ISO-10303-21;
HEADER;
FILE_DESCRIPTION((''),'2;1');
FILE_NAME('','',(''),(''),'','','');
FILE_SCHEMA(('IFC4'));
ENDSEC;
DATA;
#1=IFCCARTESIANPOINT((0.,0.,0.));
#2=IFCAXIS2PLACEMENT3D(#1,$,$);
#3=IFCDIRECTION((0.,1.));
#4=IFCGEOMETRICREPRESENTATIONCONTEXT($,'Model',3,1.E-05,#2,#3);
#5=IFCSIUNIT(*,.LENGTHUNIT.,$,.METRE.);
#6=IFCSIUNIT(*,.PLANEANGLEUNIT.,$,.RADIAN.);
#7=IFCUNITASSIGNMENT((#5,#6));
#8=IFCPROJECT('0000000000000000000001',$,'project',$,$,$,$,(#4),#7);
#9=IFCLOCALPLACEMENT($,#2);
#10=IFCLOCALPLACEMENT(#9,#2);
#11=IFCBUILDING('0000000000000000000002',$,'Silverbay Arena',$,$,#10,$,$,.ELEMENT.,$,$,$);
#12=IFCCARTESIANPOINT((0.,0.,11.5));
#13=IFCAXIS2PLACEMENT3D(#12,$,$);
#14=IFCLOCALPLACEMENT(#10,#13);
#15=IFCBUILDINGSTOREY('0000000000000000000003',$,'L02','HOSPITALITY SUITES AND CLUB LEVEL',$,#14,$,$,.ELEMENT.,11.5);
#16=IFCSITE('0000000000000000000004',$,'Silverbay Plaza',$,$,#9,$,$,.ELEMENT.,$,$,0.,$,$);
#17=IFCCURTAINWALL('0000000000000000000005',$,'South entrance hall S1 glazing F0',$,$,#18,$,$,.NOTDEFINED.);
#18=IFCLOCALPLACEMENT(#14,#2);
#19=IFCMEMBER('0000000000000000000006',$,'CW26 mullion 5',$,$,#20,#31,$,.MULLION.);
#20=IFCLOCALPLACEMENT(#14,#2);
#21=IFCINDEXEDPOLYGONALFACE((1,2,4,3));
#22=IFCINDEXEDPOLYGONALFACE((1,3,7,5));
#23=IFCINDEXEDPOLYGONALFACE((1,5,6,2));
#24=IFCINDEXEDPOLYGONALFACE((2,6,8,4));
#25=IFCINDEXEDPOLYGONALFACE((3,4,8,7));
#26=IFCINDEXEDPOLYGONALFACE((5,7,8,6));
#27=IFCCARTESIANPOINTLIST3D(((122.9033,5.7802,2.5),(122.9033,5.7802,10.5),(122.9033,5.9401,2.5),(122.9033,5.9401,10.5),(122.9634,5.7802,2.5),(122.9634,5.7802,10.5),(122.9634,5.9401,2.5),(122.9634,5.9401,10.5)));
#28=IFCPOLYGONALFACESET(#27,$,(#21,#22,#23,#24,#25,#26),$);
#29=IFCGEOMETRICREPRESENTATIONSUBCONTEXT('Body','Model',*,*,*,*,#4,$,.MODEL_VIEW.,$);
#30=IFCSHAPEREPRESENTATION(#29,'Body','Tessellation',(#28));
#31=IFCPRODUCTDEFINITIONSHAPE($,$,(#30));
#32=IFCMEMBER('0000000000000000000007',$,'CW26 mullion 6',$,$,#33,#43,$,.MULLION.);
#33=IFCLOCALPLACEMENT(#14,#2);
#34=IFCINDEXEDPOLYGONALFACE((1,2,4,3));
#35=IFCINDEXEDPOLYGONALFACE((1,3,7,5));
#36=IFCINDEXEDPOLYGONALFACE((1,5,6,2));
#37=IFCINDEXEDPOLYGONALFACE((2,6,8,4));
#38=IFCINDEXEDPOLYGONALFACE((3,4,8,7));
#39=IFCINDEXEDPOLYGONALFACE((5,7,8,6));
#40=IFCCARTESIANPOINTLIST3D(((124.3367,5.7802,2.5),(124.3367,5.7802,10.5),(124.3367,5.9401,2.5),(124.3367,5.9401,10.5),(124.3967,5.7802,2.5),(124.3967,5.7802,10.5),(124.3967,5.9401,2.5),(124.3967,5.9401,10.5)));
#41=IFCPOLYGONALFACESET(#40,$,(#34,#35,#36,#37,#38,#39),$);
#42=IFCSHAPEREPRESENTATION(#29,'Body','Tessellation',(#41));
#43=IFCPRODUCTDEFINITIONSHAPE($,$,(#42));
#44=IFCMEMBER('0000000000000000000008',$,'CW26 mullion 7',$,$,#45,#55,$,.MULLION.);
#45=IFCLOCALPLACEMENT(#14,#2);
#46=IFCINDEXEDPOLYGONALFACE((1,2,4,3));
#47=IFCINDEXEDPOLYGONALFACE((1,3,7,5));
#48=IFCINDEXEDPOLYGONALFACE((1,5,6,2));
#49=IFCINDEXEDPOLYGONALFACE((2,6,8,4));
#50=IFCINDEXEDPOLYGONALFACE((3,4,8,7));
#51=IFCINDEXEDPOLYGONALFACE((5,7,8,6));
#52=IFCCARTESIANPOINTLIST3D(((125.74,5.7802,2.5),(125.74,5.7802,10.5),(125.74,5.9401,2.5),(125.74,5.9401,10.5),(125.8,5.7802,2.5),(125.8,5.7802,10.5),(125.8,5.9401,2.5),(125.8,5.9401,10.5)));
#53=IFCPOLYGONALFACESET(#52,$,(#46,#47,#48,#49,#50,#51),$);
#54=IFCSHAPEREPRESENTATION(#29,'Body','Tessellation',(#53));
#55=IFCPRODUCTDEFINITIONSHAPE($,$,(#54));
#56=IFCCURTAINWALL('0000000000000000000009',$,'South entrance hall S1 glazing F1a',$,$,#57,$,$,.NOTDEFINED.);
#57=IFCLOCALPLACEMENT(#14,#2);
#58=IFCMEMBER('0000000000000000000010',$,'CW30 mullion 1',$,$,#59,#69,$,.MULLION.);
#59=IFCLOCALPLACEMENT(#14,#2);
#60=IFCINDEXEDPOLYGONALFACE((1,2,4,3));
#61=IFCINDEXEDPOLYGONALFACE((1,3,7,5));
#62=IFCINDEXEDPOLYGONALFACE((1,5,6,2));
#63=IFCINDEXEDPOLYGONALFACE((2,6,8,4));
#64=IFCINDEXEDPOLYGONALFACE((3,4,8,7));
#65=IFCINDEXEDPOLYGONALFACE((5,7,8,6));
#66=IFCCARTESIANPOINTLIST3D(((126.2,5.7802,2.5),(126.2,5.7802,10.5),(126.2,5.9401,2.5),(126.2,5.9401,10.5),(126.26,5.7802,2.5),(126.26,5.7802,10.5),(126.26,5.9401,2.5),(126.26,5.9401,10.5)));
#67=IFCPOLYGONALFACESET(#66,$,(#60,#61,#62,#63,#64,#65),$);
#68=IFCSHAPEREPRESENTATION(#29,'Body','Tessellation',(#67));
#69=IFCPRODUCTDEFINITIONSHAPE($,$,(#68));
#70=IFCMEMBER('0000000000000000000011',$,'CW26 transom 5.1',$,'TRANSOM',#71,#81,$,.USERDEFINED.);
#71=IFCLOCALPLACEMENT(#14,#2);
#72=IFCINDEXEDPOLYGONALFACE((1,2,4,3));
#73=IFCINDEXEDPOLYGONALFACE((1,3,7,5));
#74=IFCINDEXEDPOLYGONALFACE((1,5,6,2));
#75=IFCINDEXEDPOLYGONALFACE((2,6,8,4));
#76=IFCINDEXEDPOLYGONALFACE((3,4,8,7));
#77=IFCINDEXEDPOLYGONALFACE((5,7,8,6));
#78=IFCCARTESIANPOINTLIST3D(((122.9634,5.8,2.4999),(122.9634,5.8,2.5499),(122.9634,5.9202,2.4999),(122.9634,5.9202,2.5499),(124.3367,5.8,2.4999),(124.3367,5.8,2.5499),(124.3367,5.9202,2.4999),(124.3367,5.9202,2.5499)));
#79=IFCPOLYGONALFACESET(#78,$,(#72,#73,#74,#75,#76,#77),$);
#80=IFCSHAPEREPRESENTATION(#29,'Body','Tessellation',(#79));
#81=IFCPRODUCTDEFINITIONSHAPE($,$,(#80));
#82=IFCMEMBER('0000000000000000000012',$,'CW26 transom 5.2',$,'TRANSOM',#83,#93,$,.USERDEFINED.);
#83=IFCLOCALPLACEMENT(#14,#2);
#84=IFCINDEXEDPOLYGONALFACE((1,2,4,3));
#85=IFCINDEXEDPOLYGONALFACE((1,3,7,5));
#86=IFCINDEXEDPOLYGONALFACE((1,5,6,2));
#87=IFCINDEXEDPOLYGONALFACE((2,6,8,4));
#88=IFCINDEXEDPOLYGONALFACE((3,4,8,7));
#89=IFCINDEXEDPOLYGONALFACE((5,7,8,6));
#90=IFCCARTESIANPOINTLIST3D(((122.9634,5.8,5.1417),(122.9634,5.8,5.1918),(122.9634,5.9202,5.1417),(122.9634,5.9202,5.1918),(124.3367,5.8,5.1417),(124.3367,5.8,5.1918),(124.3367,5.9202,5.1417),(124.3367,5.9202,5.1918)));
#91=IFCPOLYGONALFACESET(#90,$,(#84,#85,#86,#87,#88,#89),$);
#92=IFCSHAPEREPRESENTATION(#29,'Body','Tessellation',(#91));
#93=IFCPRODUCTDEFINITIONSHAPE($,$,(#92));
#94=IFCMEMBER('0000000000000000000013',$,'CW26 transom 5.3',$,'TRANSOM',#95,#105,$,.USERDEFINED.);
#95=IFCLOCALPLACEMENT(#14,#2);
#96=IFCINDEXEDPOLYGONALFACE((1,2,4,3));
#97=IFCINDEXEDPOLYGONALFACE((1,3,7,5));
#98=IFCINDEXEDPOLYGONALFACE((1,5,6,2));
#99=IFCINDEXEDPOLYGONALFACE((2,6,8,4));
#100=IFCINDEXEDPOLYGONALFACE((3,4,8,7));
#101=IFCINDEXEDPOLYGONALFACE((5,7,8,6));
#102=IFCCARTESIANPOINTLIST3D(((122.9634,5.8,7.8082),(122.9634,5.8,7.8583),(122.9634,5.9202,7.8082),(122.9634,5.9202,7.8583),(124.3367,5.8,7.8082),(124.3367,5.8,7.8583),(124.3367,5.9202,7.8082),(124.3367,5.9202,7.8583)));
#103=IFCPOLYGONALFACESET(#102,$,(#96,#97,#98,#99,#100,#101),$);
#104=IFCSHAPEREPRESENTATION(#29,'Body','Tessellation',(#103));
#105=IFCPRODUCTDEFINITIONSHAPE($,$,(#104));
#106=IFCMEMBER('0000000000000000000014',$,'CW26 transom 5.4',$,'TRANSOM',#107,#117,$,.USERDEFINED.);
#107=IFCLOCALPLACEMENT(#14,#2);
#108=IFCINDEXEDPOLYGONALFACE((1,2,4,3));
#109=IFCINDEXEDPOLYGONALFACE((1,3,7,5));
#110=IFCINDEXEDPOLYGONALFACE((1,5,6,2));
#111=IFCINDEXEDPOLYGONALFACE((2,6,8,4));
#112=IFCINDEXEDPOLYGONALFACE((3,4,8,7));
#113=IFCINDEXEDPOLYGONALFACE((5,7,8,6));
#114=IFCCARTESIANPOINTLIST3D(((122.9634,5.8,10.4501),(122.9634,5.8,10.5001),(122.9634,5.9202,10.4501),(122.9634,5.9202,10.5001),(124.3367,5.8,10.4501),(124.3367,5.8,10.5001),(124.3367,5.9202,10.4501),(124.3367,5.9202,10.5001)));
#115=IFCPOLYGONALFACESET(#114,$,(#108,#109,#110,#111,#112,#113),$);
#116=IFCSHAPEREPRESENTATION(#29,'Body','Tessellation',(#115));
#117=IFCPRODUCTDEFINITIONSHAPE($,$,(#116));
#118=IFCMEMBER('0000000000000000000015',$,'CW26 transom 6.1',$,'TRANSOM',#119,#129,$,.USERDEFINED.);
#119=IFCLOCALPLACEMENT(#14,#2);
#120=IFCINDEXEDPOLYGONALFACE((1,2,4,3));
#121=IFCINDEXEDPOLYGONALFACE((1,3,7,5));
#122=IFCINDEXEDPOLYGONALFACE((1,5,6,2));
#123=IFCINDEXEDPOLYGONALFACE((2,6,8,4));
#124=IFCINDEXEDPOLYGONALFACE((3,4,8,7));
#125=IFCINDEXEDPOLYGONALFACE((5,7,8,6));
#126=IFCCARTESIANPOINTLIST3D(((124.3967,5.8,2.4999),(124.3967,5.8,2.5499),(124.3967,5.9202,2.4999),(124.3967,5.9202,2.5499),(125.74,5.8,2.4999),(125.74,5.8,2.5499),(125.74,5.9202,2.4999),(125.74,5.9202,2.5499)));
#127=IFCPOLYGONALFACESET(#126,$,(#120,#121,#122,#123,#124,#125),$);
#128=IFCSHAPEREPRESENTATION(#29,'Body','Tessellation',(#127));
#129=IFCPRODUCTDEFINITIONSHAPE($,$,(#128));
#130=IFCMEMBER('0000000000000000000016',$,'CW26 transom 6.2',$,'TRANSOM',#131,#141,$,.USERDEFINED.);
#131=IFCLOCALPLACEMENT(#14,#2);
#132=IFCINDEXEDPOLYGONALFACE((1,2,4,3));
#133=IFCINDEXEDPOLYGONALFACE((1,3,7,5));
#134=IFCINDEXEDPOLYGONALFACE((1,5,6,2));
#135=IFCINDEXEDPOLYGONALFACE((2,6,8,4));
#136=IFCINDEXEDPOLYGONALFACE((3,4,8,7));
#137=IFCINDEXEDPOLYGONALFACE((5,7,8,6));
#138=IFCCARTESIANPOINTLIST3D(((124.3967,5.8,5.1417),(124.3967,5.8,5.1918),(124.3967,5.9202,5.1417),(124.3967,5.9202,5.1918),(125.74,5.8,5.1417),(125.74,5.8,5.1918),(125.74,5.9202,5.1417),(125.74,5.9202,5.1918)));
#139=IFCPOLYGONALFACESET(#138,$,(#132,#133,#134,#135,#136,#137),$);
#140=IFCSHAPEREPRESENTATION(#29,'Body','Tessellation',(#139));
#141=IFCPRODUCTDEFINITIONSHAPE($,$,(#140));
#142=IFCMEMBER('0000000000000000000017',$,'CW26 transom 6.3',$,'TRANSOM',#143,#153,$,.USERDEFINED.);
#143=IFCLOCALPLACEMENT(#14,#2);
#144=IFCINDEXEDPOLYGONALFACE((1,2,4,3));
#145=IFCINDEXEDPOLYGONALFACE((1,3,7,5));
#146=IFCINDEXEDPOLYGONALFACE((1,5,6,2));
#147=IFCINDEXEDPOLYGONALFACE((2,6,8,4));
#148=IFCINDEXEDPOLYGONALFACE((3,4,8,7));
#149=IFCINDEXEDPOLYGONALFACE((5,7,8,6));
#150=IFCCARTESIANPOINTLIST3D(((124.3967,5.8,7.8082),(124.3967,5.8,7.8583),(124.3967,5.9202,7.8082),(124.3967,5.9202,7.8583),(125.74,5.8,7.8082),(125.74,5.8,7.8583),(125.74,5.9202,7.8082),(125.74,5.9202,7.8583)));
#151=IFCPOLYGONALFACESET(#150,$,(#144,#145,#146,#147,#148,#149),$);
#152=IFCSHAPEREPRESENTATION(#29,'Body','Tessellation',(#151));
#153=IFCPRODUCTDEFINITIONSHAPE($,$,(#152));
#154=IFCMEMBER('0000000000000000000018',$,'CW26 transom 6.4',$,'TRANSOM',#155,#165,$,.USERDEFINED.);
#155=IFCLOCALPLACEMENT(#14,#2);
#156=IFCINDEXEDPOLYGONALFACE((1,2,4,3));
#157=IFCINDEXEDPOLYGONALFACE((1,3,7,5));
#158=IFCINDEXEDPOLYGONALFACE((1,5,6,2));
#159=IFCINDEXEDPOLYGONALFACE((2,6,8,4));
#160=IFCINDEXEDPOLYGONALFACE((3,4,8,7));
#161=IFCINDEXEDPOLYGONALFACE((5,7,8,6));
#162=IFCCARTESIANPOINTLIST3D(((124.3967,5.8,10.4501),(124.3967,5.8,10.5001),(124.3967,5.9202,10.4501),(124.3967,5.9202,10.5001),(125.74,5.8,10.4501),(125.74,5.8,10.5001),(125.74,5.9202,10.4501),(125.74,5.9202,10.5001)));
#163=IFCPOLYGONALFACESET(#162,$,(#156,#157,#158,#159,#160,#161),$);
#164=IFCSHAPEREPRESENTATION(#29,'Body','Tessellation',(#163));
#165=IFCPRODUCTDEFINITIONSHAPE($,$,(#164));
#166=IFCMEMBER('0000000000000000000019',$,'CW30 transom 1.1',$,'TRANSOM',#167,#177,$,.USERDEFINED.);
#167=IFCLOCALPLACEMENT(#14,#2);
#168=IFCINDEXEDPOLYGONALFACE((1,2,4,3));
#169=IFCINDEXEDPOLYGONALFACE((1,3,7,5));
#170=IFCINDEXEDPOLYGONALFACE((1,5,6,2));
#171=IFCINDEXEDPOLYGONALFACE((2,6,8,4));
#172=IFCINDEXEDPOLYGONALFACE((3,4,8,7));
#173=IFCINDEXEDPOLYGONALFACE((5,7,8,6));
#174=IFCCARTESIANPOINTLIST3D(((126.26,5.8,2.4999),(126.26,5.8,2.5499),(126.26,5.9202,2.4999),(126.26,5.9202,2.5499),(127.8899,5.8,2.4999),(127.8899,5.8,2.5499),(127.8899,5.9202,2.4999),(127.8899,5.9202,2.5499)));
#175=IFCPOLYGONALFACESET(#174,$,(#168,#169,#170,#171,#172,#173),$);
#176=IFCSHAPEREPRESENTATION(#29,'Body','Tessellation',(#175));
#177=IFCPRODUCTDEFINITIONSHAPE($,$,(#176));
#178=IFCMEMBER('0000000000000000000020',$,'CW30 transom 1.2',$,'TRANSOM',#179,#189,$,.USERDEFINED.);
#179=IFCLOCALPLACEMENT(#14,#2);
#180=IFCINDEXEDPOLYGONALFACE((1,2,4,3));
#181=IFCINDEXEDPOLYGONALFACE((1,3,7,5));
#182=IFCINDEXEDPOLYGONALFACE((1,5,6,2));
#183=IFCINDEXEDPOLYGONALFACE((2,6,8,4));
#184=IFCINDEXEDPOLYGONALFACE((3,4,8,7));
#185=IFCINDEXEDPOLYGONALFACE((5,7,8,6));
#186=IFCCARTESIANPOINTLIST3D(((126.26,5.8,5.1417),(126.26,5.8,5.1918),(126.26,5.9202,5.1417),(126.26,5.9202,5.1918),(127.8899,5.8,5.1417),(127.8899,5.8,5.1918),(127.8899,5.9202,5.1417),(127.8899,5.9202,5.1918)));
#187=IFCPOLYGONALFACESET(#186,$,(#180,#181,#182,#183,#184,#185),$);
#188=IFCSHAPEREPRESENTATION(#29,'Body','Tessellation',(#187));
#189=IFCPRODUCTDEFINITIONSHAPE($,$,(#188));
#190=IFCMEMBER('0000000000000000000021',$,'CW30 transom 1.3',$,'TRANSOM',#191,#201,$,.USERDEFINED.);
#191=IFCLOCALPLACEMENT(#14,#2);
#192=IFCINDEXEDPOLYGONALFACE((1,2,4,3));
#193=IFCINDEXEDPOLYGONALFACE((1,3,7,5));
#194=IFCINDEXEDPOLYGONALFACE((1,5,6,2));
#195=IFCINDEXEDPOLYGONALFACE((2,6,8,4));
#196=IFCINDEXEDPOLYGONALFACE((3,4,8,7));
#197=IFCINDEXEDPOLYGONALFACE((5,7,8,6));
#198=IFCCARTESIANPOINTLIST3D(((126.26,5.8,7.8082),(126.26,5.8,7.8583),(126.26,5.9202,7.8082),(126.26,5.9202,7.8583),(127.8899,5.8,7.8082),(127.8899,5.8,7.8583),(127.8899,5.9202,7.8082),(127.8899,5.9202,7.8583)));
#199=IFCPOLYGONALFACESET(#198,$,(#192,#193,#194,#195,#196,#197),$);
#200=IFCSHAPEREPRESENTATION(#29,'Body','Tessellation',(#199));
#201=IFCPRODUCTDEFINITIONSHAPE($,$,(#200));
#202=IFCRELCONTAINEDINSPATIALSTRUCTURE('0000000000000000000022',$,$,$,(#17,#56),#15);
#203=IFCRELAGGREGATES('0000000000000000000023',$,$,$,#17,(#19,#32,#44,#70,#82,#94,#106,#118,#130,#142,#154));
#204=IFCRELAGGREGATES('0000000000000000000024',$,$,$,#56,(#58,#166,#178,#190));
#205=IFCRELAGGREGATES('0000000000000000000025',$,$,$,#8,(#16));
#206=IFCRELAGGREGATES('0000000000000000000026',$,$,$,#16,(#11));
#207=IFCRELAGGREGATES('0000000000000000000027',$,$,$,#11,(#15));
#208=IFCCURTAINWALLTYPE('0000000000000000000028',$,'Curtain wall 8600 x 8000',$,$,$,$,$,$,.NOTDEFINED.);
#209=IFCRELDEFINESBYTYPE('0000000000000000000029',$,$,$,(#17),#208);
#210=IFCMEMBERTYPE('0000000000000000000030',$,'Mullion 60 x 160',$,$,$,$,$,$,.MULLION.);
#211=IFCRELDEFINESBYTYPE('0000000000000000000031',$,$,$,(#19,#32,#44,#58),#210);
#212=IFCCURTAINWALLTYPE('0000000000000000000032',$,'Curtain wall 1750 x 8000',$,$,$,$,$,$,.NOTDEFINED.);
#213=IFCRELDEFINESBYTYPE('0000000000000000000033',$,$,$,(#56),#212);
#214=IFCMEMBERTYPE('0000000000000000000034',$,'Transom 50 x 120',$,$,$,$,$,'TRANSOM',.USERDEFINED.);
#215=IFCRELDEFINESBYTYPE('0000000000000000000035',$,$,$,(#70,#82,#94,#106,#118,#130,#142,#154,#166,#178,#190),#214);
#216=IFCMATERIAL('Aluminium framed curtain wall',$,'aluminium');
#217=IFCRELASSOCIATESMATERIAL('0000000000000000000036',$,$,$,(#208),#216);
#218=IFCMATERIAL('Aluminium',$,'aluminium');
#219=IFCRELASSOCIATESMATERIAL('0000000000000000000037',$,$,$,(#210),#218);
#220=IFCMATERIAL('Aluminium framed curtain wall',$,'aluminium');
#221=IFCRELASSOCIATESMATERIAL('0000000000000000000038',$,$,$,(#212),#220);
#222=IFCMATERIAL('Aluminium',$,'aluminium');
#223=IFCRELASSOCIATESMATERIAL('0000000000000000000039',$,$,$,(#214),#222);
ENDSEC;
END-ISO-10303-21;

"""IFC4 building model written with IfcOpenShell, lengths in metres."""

from ifc_helpers import new_model, si_unit, direction, frame, origin, origin_2d, place, context, subcontext, project, spatial, rectangle, extrude, material, material_profile, profile_set, type_object, element, aggregate, save


model = new_model("IFC4")

# Units and contexts
model_context = context("Model", 3, precision=1e-05, world=origin(), true_north=direction((0.0, 1.0)))
body_context = subcontext(model_context, "Body", "Model", "MODEL_VIEW")
ifc_project = project(units=[si_unit("LENGTHUNIT", "METRE"), si_unit("PLANEANGLEUNIT", "RADIAN")], contexts=[model_context])

# Site, building, storey
site_placement = place(None, origin())
site = spatial("IfcSite", under=ifc_project, at=site_placement, Name="Silverbay Plaza", CompositionType="ELEMENT", RefElevation=0.0)
building_placement = place(site_placement, origin())
building = spatial("IfcBuilding", under=site, at=building_placement, Name="Silverbay Arena", CompositionType="ELEMENT")
storey_placement = place(building_placement, frame((0.0, 0.0, 11.5)))
storey = spatial("IfcBuildingStorey", under=building, at=storey_placement, Name="L02", Description="HOSPITALITY SUITES AND CLUB LEVEL", CompositionType="ELEMENT", Elevation=11.5)

# Curtain wall, members
ifc_material_1 = material(Name="Aluminium framed curtain wall", Category="aluminium")
curtain_wall_type_1 = type_object("IfcCurtainWallType", Name="Curtain wall 8600 x 8000", PredefinedType="NOTDEFINED", material=ifc_material_1)
curtain_wall_1_placement = place(storey_placement, origin())
curtain_wall_1 = element("IfcCurtainWall", 1, at=curtain_wall_1_placement, inside=storey, type_object=curtain_wall_type_1, Name="South entrance hall S1 glazing F0", PredefinedType="NOTDEFINED")
ifc_material_2 = material(Name="Aluminium", Category="aluminium")
ifc_material_profile_1 = material_profile(ifc_material_2, rectangle(XDim=0.1599, YDim=0.0601, at=origin_2d()), Name="Mullion 60 x 160")
ifc_profile_set_1 = profile_set([ifc_material_profile_1], Name="Aluminium")
member_type_1 = type_object("IfcMemberType", Name="Mullion 60 x 160", PredefinedType="MULLION", material=ifc_profile_set_1)
member_1_placement = place(storey_placement, frame((122.9333, 5.8601, 2.5), z_axis=(0.0, 0.0, 1.0), x_axis=(0.0, 1.0, 0.0)))
member_1 = element("IfcMember", 2, at=member_1_placement, type_object=member_type_1, Name="CW26 mullion 5", PredefinedType="MULLION", context=body_context, shape_type="SweptSolid", body=[
    extrude(rectangle(XDim=0.1599, YDim=0.0601, at=origin_2d()), origin(), (0.0, 0.0, 1.0), 8.0),
])
member_2_placement = place(storey_placement, frame((124.3667, 5.8601, 2.5), z_axis=(0.0, 0.0, 1.0), x_axis=(0.0, 1.0, 0.0)))
member_2 = element("IfcMember", 3, at=member_2_placement, type_object=member_type_1, Name="CW26 mullion 6", PredefinedType="MULLION", context=body_context, shape_type="SweptSolid", body=[
    extrude(rectangle(XDim=0.1599, YDim=0.0601, at=origin_2d()), origin(), (0.0, 0.0, 1.0), 8.0),
])
member_3_placement = place(storey_placement, frame((125.77, 5.8601, 2.5), z_axis=(0.0, 0.0, 1.0), x_axis=(0.0, 1.0, 0.0)))
member_3 = element("IfcMember", 4, at=member_3_placement, type_object=member_type_1, Name="CW26 mullion 7", PredefinedType="MULLION", context=body_context, shape_type="SweptSolid", body=[
    extrude(rectangle(XDim=0.1599, YDim=0.0601, at=origin_2d()), origin(), (0.0, 0.0, 1.0), 8.0),
])

# Curtain wall, member
ifc_material_3 = material(Name="Aluminium framed curtain wall", Category="aluminium")
curtain_wall_type_2 = type_object("IfcCurtainWallType", Name="Curtain wall 1750 x 8000", PredefinedType="NOTDEFINED", material=ifc_material_3)
curtain_wall_2_placement = place(storey_placement, origin())
curtain_wall_2 = element("IfcCurtainWall", 5, at=curtain_wall_2_placement, inside=storey, type_object=curtain_wall_type_2, Name="South entrance hall S1 glazing F1a", PredefinedType="NOTDEFINED")
member_4_placement = place(storey_placement, frame((126.23, 5.8601, 2.5), z_axis=(0.0, 0.0, 1.0), x_axis=(0.0, 1.0, 0.0)))
member_4 = element("IfcMember", 6, at=member_4_placement, type_object=member_type_1, Name="CW30 mullion 1", PredefinedType="MULLION", context=body_context, shape_type="SweptSolid", body=[
    extrude(rectangle(XDim=0.1599, YDim=0.0601, at=origin_2d()), origin(), (0.0, 0.0, 1.0), 8.0),
])

# Members
ifc_material_4 = material(Name="Aluminium", Category="aluminium")
ifc_material_profile_2 = material_profile(ifc_material_4, rectangle(XDim=0.1201, YDim=0.05, at=origin_2d()), Name="Transom 50 x 120")
ifc_profile_set_2 = profile_set([ifc_material_profile_2], Name="Aluminium")
member_type_2 = type_object("IfcMemberType", Name="Transom 50 x 120", ElementType="TRANSOM", PredefinedType="USERDEFINED", material=ifc_profile_set_2)
member_5_placement = place(storey_placement, frame((122.9634, 5.8601, 2.5249), z_axis=(1.0, 0.0, 0.0), x_axis=(0.0, 1.0, 0.0)))
member_5 = element("IfcMember", 7, at=member_5_placement, type_object=member_type_2, Name="CW26 transom 5.1", ObjectType="TRANSOM", PredefinedType="USERDEFINED", context=body_context, shape_type="SweptSolid", body=[
    extrude(rectangle(XDim=0.1201, YDim=0.05, at=origin_2d()), origin(), (0.0, 0.0, 1.0), 1.3733),
])
member_6_placement = place(storey_placement, frame((122.9634, 5.8601, 5.1667), z_axis=(1.0, 0.0, 0.0), x_axis=(0.0, 1.0, 0.0)))
member_6 = element("IfcMember", 8, at=member_6_placement, type_object=member_type_2, Name="CW26 transom 5.2", ObjectType="TRANSOM", PredefinedType="USERDEFINED", context=body_context, shape_type="SweptSolid", body=[
    extrude(rectangle(XDim=0.1201, YDim=0.05, at=origin_2d()), origin(), (0.0, 0.0, 1.0), 1.3733),
])
member_7_placement = place(storey_placement, frame((122.9634, 5.8601, 7.8333), z_axis=(1.0, 0.0, 0.0), x_axis=(0.0, 1.0, 0.0)))
member_7 = element("IfcMember", 9, at=member_7_placement, type_object=member_type_2, Name="CW26 transom 5.3", ObjectType="TRANSOM", PredefinedType="USERDEFINED", context=body_context, shape_type="SweptSolid", body=[
    extrude(rectangle(XDim=0.1201, YDim=0.05, at=origin_2d()), origin(), (0.0, 0.0, 1.0), 1.3733),
])
member_8_placement = place(storey_placement, frame((122.9634, 5.8601, 10.4751), z_axis=(1.0, 0.0, 0.0), x_axis=(0.0, 1.0, 0.0)))
member_8 = element("IfcMember", 10, at=member_8_placement, type_object=member_type_2, Name="CW26 transom 5.4", ObjectType="TRANSOM", PredefinedType="USERDEFINED", context=body_context, shape_type="SweptSolid", body=[
    extrude(rectangle(XDim=0.1201, YDim=0.05, at=origin_2d()), origin(), (0.0, 0.0, 1.0), 1.3733),
])
member_9_placement = place(storey_placement, frame((124.3967, 5.8601, 2.5249), z_axis=(1.0, 0.0, 0.0), x_axis=(0.0, 1.0, 0.0)))
member_9 = element("IfcMember", 11, at=member_9_placement, type_object=member_type_2, Name="CW26 transom 6.1", ObjectType="TRANSOM", PredefinedType="USERDEFINED", context=body_context, shape_type="SweptSolid", body=[
    extrude(rectangle(XDim=0.1201, YDim=0.05, at=origin_2d()), origin(), (0.0, 0.0, 1.0), 1.3433),
])
member_10_placement = place(storey_placement, frame((124.3967, 5.8601, 5.1667), z_axis=(1.0, 0.0, 0.0), x_axis=(0.0, 1.0, 0.0)))
member_10 = element("IfcMember", 12, at=member_10_placement, type_object=member_type_2, Name="CW26 transom 6.2", ObjectType="TRANSOM", PredefinedType="USERDEFINED", context=body_context, shape_type="SweptSolid", body=[
    extrude(rectangle(XDim=0.1201, YDim=0.05, at=origin_2d()), origin(), (0.0, 0.0, 1.0), 1.3433),
])
member_11_placement = place(storey_placement, frame((124.3967, 5.8601, 7.8333), z_axis=(1.0, 0.0, 0.0), x_axis=(0.0, 1.0, 0.0)))
member_11 = element("IfcMember", 13, at=member_11_placement, type_object=member_type_2, Name="CW26 transom 6.3", ObjectType="TRANSOM", PredefinedType="USERDEFINED", context=body_context, shape_type="SweptSolid", body=[
    extrude(rectangle(XDim=0.1201, YDim=0.05, at=origin_2d()), origin(), (0.0, 0.0, 1.0), 1.3433),
])
member_12_placement = place(storey_placement, frame((124.3967, 5.8601, 10.4751), z_axis=(1.0, 0.0, 0.0), x_axis=(0.0, 1.0, 0.0)))
member_12 = element("IfcMember", 14, at=member_12_placement, type_object=member_type_2, Name="CW26 transom 6.4", ObjectType="TRANSOM", PredefinedType="USERDEFINED", context=body_context, shape_type="SweptSolid", body=[
    extrude(rectangle(XDim=0.1201, YDim=0.05, at=origin_2d()), origin(), (0.0, 0.0, 1.0), 1.3433),
])
member_13_placement = place(storey_placement, frame((126.26, 5.8601, 2.5249), z_axis=(1.0, 0.0, 0.0), x_axis=(0.0, 1.0, 0.0)))
member_13 = element("IfcMember", 15, at=member_13_placement, type_object=member_type_2, Name="CW30 transom 1.1", ObjectType="TRANSOM", PredefinedType="USERDEFINED", context=body_context, shape_type="SweptSolid", body=[
    extrude(rectangle(XDim=0.1201, YDim=0.05, at=origin_2d()), origin(), (0.0, 0.0, 1.0), 1.6299),
])
member_14_placement = place(storey_placement, frame((126.26, 5.8601, 5.1667), z_axis=(1.0, 0.0, 0.0), x_axis=(0.0, 1.0, 0.0)))
member_14 = element("IfcMember", 16, at=member_14_placement, type_object=member_type_2, Name="CW30 transom 1.2", ObjectType="TRANSOM", PredefinedType="USERDEFINED", context=body_context, shape_type="SweptSolid", body=[
    extrude(rectangle(XDim=0.1201, YDim=0.05, at=origin_2d()), origin(), (0.0, 0.0, 1.0), 1.6299),
])
member_15_placement = place(storey_placement, frame((126.26, 5.8601, 7.8333), z_axis=(1.0, 0.0, 0.0), x_axis=(0.0, 1.0, 0.0)))
member_15 = element("IfcMember", 17, at=member_15_placement, type_object=member_type_2, Name="CW30 transom 1.3", ObjectType="TRANSOM", PredefinedType="USERDEFINED", context=body_context, shape_type="SweptSolid", body=[
    extrude(rectangle(XDim=0.1201, YDim=0.05, at=origin_2d()), origin(), (0.0, 0.0, 1.0), 1.6299),
])

aggregate(curtain_wall_1, [member_1, member_2, member_3, member_5, member_6, member_7, member_8, member_9, member_10, member_11, member_12])
aggregate(curtain_wall_2, [member_4, member_13, member_14, member_15])

save(model, "model.ifc")
